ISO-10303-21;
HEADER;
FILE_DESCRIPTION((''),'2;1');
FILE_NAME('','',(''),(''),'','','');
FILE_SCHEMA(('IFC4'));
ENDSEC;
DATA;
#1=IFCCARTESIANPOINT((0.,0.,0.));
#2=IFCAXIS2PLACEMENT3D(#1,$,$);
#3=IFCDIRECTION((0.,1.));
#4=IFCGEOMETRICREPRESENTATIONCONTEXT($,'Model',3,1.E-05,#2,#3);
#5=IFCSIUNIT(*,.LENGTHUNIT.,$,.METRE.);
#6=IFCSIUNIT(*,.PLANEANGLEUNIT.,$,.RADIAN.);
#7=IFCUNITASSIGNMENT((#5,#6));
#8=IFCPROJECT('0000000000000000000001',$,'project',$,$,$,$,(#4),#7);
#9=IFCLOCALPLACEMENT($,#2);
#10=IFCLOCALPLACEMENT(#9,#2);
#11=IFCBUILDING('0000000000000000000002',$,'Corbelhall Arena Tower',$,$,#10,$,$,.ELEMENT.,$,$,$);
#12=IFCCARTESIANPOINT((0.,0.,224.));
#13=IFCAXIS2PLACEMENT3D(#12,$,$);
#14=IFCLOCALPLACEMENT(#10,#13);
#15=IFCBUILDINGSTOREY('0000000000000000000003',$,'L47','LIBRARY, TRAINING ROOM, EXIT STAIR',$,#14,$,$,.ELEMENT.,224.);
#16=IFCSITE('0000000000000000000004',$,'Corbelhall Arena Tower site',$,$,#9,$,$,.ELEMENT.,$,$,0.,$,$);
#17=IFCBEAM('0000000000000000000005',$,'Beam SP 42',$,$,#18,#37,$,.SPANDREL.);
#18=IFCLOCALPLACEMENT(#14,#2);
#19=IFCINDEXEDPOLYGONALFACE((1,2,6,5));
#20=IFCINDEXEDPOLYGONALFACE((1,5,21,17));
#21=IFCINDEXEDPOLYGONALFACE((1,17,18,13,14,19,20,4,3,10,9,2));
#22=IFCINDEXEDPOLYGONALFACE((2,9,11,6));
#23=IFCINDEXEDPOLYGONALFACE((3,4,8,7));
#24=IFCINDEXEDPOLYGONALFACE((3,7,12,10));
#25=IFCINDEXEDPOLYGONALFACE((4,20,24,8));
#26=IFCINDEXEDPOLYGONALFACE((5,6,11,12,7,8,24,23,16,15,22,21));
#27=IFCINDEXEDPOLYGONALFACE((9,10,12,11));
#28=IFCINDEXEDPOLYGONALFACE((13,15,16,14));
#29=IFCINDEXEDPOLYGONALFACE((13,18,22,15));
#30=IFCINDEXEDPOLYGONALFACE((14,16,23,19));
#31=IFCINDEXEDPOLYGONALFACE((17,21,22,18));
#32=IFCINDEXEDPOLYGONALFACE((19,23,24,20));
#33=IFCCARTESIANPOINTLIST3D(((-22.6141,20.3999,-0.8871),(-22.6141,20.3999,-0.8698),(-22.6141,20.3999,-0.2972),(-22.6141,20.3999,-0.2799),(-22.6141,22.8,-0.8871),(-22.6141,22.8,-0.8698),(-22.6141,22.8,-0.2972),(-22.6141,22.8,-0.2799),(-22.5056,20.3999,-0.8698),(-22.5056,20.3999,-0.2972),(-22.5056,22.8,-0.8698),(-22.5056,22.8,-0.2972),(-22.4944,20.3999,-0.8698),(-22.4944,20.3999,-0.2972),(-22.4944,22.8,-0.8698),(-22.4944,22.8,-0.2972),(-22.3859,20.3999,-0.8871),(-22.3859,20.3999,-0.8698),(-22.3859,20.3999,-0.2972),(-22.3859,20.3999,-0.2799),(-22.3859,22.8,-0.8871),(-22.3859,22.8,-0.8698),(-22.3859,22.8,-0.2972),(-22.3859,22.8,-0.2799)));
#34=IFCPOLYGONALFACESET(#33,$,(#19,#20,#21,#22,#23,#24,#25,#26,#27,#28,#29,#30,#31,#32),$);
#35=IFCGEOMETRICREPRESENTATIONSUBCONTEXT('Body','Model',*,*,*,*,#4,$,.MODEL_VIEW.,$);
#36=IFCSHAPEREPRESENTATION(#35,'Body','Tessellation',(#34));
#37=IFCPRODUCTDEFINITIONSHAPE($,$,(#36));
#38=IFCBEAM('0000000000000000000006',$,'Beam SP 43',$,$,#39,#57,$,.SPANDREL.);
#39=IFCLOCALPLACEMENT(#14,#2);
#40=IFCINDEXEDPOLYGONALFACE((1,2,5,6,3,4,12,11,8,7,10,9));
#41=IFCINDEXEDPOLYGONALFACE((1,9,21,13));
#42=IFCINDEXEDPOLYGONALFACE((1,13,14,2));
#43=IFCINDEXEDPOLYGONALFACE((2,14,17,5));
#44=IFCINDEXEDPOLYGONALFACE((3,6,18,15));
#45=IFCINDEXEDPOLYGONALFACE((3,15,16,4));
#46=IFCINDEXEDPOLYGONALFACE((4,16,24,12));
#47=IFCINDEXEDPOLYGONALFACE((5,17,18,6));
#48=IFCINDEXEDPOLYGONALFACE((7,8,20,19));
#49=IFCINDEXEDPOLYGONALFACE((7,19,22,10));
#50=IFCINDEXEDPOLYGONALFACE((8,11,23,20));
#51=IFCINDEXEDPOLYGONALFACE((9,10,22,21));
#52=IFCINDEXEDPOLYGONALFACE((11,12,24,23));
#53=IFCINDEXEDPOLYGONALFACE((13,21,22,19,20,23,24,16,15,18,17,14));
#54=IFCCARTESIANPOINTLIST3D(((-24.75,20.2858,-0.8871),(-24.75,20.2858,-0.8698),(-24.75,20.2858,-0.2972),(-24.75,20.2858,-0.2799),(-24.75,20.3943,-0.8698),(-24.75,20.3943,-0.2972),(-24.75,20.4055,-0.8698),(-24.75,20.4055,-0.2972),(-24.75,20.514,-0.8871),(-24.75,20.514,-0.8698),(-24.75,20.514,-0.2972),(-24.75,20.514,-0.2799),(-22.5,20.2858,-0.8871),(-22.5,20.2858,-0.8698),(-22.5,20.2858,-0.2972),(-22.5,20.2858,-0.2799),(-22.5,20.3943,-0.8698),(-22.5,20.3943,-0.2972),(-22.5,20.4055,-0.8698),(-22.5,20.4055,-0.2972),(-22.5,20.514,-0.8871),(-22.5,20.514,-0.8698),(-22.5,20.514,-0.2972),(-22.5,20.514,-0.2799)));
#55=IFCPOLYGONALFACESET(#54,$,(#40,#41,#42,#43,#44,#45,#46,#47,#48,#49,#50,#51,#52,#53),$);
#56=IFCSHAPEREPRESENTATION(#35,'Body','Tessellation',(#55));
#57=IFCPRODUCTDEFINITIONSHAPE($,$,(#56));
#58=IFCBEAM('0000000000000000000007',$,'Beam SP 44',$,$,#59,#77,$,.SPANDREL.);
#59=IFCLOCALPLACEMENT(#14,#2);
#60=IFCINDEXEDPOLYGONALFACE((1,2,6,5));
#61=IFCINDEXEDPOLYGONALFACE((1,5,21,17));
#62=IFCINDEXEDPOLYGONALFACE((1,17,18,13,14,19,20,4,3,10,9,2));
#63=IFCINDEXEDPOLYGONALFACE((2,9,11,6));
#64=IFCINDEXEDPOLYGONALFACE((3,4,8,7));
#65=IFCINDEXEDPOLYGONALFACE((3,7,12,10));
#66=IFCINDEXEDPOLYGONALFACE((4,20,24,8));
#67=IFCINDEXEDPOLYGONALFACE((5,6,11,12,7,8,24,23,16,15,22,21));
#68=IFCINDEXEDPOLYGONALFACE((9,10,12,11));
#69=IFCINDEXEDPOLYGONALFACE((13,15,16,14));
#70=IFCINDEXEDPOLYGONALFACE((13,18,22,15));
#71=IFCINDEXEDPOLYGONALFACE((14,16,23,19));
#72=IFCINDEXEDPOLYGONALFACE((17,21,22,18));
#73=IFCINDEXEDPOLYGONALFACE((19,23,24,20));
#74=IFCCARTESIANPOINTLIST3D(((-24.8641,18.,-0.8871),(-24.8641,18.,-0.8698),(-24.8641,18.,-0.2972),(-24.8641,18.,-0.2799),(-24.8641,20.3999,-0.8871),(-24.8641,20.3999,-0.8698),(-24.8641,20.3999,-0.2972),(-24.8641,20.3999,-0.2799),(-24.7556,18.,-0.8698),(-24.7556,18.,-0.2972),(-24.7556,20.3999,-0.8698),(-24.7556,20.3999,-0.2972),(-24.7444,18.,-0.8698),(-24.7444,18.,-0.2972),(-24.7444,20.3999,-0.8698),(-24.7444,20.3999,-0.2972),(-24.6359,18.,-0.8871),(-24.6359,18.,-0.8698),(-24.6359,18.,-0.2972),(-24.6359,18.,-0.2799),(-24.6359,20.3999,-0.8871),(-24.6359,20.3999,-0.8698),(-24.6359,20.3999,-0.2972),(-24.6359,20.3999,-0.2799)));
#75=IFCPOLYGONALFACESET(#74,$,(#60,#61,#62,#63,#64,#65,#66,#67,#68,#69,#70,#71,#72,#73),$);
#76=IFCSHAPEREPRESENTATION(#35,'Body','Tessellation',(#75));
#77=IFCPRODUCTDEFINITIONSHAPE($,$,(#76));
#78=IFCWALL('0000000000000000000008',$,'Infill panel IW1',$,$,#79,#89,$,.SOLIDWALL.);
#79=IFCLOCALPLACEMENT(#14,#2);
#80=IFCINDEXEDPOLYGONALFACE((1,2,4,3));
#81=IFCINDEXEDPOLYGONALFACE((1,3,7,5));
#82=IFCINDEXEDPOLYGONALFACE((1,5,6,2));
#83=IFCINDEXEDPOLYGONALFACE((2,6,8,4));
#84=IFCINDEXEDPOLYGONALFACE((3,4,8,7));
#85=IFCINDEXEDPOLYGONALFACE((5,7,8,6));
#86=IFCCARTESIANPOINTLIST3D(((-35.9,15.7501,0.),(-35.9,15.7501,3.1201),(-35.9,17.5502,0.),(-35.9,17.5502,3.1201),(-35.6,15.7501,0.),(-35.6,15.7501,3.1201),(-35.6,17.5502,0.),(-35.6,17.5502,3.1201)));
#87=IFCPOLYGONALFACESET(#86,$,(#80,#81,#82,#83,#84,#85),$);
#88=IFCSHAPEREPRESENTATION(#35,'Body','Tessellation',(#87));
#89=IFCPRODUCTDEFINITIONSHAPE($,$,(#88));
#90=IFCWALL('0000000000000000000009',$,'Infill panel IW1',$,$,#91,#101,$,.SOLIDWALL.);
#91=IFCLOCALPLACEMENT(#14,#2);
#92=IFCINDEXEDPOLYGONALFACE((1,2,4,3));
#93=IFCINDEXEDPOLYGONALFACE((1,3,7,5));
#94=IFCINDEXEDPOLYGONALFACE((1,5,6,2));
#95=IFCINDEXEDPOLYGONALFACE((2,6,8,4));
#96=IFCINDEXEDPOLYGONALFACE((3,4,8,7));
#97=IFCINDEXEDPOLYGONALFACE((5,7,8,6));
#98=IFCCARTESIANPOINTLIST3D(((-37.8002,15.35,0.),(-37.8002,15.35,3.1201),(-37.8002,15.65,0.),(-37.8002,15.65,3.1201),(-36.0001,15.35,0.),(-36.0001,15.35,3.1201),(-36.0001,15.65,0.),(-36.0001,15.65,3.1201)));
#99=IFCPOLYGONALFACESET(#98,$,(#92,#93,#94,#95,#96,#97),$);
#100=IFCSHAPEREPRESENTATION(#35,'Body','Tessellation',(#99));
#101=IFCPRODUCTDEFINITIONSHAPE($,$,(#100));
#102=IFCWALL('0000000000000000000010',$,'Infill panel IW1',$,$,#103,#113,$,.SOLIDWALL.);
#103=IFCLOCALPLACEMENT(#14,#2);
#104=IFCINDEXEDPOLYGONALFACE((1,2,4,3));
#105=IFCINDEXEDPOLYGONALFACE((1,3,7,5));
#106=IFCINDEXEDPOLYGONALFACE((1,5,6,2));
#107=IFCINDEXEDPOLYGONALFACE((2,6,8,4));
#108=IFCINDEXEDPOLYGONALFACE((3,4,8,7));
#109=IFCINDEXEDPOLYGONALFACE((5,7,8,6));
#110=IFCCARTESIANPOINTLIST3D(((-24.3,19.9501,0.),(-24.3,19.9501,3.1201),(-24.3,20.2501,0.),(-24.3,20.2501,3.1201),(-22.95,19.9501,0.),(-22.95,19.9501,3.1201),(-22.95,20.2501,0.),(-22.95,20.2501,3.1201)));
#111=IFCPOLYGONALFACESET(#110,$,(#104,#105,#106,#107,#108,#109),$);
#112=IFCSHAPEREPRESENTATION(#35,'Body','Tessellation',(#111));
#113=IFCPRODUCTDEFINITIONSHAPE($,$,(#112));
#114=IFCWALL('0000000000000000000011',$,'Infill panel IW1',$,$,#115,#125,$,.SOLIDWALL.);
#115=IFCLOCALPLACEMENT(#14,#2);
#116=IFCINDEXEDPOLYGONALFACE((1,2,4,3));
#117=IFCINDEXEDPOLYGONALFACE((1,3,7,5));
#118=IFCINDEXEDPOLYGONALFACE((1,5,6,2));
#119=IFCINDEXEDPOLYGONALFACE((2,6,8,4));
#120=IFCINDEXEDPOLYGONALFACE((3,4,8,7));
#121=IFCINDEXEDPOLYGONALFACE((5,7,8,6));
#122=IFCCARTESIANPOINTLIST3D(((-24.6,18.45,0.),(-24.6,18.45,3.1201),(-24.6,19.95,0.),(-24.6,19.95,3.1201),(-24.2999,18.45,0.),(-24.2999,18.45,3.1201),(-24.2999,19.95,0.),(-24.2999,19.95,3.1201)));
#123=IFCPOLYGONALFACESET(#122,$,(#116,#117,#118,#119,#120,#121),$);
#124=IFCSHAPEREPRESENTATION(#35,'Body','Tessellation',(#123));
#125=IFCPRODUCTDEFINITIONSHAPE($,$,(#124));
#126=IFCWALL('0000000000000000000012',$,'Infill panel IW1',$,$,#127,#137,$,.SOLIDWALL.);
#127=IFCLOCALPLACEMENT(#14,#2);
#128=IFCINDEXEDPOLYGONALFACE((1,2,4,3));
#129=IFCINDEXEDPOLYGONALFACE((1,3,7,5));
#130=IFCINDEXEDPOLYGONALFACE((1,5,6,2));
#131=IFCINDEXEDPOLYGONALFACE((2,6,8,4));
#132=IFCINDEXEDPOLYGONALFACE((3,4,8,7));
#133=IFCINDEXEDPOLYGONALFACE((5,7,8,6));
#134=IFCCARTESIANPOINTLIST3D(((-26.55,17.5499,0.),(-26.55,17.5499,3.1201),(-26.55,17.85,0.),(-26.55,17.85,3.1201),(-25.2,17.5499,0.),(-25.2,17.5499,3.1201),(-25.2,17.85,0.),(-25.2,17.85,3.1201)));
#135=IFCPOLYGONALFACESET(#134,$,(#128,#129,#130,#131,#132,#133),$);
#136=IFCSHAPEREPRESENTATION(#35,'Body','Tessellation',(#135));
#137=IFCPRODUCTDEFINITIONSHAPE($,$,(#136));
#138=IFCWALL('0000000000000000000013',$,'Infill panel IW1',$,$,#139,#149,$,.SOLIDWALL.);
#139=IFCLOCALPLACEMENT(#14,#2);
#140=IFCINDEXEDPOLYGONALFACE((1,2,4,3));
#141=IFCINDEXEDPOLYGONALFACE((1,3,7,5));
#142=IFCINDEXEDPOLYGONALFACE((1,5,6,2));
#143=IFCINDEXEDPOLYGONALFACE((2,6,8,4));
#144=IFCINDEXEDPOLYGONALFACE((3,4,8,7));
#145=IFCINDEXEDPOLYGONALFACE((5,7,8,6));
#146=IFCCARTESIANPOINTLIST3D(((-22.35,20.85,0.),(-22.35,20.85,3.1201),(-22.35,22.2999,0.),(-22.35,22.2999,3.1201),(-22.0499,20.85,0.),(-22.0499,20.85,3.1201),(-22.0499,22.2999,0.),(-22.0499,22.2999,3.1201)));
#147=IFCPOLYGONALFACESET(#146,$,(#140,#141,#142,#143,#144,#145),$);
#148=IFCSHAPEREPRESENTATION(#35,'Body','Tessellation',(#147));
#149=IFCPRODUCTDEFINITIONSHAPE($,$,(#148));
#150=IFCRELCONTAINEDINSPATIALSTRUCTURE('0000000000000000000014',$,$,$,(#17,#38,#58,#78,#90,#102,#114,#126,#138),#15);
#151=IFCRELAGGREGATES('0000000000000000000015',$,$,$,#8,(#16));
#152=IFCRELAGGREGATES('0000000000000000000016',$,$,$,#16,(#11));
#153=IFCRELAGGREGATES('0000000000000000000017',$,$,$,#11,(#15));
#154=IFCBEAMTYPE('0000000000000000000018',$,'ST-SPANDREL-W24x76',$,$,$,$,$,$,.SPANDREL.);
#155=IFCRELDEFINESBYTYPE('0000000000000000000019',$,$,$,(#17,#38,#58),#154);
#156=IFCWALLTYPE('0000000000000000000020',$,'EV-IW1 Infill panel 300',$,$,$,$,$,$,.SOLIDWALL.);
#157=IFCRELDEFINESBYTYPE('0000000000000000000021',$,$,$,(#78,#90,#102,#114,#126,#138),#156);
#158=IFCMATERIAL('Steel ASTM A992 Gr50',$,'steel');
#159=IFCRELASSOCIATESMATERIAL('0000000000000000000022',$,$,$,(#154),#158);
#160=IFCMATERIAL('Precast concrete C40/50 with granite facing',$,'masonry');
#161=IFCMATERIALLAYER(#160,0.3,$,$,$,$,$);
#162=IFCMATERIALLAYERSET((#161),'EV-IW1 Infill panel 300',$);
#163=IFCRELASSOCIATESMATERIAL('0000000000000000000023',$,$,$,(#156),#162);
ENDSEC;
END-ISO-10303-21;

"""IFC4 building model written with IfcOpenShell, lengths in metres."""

from ifc_helpers import new_model, si_unit, direction, frame, frame_2d, origin, origin_2d, place, context, subcontext, project, spatial, rectangle, i_section, extrude, material, layer, layer_set, material_profile, profile_set, type_object, element, save


model = new_model("IFC4")

# Units and contexts
model_context = context("Model", 3, precision=1e-05, world=origin(), true_north=direction((0.0, 1.0)))
body_context = subcontext(model_context, "Body", "Model", "MODEL_VIEW")
ifc_project = project(units=[si_unit("LENGTHUNIT", "METRE"), si_unit("PLANEANGLEUNIT", "RADIAN")], contexts=[model_context])

# Site, building, storey
site_placement = place(None, origin())
site = spatial("IfcSite", under=ifc_project, at=site_placement, Name="Corbelhall Arena Tower site", CompositionType="ELEMENT", RefElevation=0.0)
building_placement = place(site_placement, origin())
building = spatial("IfcBuilding", under=site, at=building_placement, Name="Corbelhall Arena Tower", CompositionType="ELEMENT")
storey_placement = place(building_placement, frame((0.0, 0.0, 224.0)))
storey = spatial("IfcBuildingStorey", under=building, at=storey_placement, Name="L47", Description="LIBRARY, TRAINING ROOM, EXIT STAIR", CompositionType="ELEMENT", Elevation=224.0)

# Beams
ifc_material_1 = material(Name="Steel ASTM A992 Gr50", Category="steel")
ifc_material_profile_1 = material_profile(ifc_material_1, i_section(OverallWidth=0.2283, OverallDepth=0.6072, WebThickness=0.0112, FlangeThickness=0.0173, at=origin_2d()))
ifc_profile_set_1 = profile_set([ifc_material_profile_1], Name="Steel ASTM A992 Gr50")
beam_type = type_object("IfcBeamType", Name="ST-SPANDREL-W24x76", PredefinedType="SPANDREL", material=ifc_profile_set_1)
beam_1_placement = place(storey_placement, frame((-22.5, 20.3999, -0.5835), z_axis=(0.0, 1.0, 0.0), x_axis=(-1.0, 0.0, 0.0)))
element("IfcBeam", 1, at=beam_1_placement, inside=storey, type_object=beam_type, Name="Beam SP 42", PredefinedType="SPANDREL", context=body_context, shape_type="SweptSolid", body=[
    extrude(i_section(OverallWidth=0.2283, OverallDepth=0.6072, WebThickness=0.0112, FlangeThickness=0.0173, at=origin_2d()), origin(), (0.0, 0.0, 1.0), 2.4001),
])
beam_2_placement = place(storey_placement, frame((-24.75, 20.3999, -0.5835), z_axis=(1.0, 0.0, 0.0), x_axis=(0.0, 1.0, 0.0)))
element("IfcBeam", 2, at=beam_2_placement, inside=storey, type_object=beam_type, Name="Beam SP 43", PredefinedType="SPANDREL", context=body_context, shape_type="SweptSolid", body=[
    extrude(i_section(OverallWidth=0.2283, OverallDepth=0.6072, WebThickness=0.0112, FlangeThickness=0.0173, at=origin_2d()), origin(), (0.0, 0.0, 1.0), 2.25),
])
beam_3_placement = place(storey_placement, frame((-24.75, 18.0, -0.5835), z_axis=(0.0, 1.0, 0.0), x_axis=(-1.0, 0.0, 0.0)))
element("IfcBeam", 3, at=beam_3_placement, inside=storey, type_object=beam_type, Name="Beam SP 44", PredefinedType="SPANDREL", context=body_context, shape_type="SweptSolid", body=[
    extrude(i_section(OverallWidth=0.2283, OverallDepth=0.6072, WebThickness=0.0112, FlangeThickness=0.0173, at=origin_2d()), origin(), (0.0, 0.0, 1.0), 2.3999),
])

# Walls
ifc_material_2 = material(Name="Precast concrete C40/50 with granite facing", Category="masonry")
ifc_layer_1 = layer(ifc_material_2, 0.3)
ifc_layer_set_1 = layer_set([ifc_layer_1], Name="EV-IW1 Infill panel 300")
wall_type_1 = type_object("IfcWallType", Name="EV-IW1 Infill panel 300", PredefinedType="SOLIDWALL", material=ifc_layer_set_1)
for number, where, z_axis, x_axis, name in (
    (4, (-35.75, 17.55, 0.0), (0.0, 0.0, 1.0), (0.0, -1.0, 0.0), "Infill panel IW1"),
    (5, (-37.8, 15.5, 0.0), (0.0, 0.0, 1.0), (1.0, 0.0, 0.0), "Infill panel IW1"),
):
    element("IfcWall", number, at=place(storey_placement, frame(where, z_axis=z_axis, x_axis=x_axis)), inside=storey, type_object=wall_type_1, Name=name, PredefinedType="SOLIDWALL", context=body_context, shape_type="SweptSolid", body=[
        extrude(rectangle(XDim=1.8, YDim=0.3, at=frame_2d((0.8999, 0.0))), origin(), (0.0, 0.0, 1.0), 3.1201),
    ])
wall_1_placement = place(storey_placement, frame((-22.95, 20.1001, 0.0), z_axis=(0.0, 0.0, 1.0), x_axis=(-1.0, 0.0, 0.0)))
element("IfcWall", 6, at=wall_1_placement, inside=storey, type_object=wall_type_1, Name="Infill panel IW1", PredefinedType="SOLIDWALL", context=body_context, shape_type="SweptSolid", body=[
    extrude(rectangle(XDim=1.3501, YDim=0.3, at=frame_2d((0.675, 0.0))), origin(), (0.0, 0.0, 1.0), 3.1201),
])
wall_2_placement = place(storey_placement, frame((-24.45, 19.95, 0.0), z_axis=(0.0, 0.0, 1.0), x_axis=(0.0, -1.0, 0.0)))
element("IfcWall", 7, at=wall_2_placement, inside=storey, type_object=wall_type_1, Name="Infill panel IW1", PredefinedType="SOLIDWALL", context=body_context, shape_type="SweptSolid", body=[
    extrude(rectangle(XDim=1.5, YDim=0.3, at=frame_2d((0.75, 0.0))), origin(), (0.0, 0.0, 1.0), 3.1201),
])
wall_3_placement = place(storey_placement, frame((-25.2, 17.7, 0.0), z_axis=(0.0, 0.0, 1.0), x_axis=(-1.0, 0.0, 0.0)))
element("IfcWall", 8, at=wall_3_placement, inside=storey, type_object=wall_type_1, Name="Infill panel IW1", PredefinedType="SOLIDWALL", context=body_context, shape_type="SweptSolid", body=[
    extrude(rectangle(XDim=1.3501, YDim=0.3, at=frame_2d((0.675, 0.0))), origin(), (0.0, 0.0, 1.0), 3.1201),
])

# Wall
wall_4_placement = place(storey_placement, frame((-22.2, 22.3, 0.0), z_axis=(0.0, 0.0, 1.0), x_axis=(0.0, -1.0, 0.0)))
element("IfcWall", 9, at=wall_4_placement, inside=storey, type_object=wall_type_1, Name="Infill panel IW1", PredefinedType="SOLIDWALL", context=body_context, shape_type="SweptSolid", body=[
    extrude(rectangle(XDim=1.45, YDim=0.3, at=frame_2d((0.7251, 0.0))), origin(), (0.0, 0.0, 1.0), 3.1201),
])

save(model, "model.ifc")
